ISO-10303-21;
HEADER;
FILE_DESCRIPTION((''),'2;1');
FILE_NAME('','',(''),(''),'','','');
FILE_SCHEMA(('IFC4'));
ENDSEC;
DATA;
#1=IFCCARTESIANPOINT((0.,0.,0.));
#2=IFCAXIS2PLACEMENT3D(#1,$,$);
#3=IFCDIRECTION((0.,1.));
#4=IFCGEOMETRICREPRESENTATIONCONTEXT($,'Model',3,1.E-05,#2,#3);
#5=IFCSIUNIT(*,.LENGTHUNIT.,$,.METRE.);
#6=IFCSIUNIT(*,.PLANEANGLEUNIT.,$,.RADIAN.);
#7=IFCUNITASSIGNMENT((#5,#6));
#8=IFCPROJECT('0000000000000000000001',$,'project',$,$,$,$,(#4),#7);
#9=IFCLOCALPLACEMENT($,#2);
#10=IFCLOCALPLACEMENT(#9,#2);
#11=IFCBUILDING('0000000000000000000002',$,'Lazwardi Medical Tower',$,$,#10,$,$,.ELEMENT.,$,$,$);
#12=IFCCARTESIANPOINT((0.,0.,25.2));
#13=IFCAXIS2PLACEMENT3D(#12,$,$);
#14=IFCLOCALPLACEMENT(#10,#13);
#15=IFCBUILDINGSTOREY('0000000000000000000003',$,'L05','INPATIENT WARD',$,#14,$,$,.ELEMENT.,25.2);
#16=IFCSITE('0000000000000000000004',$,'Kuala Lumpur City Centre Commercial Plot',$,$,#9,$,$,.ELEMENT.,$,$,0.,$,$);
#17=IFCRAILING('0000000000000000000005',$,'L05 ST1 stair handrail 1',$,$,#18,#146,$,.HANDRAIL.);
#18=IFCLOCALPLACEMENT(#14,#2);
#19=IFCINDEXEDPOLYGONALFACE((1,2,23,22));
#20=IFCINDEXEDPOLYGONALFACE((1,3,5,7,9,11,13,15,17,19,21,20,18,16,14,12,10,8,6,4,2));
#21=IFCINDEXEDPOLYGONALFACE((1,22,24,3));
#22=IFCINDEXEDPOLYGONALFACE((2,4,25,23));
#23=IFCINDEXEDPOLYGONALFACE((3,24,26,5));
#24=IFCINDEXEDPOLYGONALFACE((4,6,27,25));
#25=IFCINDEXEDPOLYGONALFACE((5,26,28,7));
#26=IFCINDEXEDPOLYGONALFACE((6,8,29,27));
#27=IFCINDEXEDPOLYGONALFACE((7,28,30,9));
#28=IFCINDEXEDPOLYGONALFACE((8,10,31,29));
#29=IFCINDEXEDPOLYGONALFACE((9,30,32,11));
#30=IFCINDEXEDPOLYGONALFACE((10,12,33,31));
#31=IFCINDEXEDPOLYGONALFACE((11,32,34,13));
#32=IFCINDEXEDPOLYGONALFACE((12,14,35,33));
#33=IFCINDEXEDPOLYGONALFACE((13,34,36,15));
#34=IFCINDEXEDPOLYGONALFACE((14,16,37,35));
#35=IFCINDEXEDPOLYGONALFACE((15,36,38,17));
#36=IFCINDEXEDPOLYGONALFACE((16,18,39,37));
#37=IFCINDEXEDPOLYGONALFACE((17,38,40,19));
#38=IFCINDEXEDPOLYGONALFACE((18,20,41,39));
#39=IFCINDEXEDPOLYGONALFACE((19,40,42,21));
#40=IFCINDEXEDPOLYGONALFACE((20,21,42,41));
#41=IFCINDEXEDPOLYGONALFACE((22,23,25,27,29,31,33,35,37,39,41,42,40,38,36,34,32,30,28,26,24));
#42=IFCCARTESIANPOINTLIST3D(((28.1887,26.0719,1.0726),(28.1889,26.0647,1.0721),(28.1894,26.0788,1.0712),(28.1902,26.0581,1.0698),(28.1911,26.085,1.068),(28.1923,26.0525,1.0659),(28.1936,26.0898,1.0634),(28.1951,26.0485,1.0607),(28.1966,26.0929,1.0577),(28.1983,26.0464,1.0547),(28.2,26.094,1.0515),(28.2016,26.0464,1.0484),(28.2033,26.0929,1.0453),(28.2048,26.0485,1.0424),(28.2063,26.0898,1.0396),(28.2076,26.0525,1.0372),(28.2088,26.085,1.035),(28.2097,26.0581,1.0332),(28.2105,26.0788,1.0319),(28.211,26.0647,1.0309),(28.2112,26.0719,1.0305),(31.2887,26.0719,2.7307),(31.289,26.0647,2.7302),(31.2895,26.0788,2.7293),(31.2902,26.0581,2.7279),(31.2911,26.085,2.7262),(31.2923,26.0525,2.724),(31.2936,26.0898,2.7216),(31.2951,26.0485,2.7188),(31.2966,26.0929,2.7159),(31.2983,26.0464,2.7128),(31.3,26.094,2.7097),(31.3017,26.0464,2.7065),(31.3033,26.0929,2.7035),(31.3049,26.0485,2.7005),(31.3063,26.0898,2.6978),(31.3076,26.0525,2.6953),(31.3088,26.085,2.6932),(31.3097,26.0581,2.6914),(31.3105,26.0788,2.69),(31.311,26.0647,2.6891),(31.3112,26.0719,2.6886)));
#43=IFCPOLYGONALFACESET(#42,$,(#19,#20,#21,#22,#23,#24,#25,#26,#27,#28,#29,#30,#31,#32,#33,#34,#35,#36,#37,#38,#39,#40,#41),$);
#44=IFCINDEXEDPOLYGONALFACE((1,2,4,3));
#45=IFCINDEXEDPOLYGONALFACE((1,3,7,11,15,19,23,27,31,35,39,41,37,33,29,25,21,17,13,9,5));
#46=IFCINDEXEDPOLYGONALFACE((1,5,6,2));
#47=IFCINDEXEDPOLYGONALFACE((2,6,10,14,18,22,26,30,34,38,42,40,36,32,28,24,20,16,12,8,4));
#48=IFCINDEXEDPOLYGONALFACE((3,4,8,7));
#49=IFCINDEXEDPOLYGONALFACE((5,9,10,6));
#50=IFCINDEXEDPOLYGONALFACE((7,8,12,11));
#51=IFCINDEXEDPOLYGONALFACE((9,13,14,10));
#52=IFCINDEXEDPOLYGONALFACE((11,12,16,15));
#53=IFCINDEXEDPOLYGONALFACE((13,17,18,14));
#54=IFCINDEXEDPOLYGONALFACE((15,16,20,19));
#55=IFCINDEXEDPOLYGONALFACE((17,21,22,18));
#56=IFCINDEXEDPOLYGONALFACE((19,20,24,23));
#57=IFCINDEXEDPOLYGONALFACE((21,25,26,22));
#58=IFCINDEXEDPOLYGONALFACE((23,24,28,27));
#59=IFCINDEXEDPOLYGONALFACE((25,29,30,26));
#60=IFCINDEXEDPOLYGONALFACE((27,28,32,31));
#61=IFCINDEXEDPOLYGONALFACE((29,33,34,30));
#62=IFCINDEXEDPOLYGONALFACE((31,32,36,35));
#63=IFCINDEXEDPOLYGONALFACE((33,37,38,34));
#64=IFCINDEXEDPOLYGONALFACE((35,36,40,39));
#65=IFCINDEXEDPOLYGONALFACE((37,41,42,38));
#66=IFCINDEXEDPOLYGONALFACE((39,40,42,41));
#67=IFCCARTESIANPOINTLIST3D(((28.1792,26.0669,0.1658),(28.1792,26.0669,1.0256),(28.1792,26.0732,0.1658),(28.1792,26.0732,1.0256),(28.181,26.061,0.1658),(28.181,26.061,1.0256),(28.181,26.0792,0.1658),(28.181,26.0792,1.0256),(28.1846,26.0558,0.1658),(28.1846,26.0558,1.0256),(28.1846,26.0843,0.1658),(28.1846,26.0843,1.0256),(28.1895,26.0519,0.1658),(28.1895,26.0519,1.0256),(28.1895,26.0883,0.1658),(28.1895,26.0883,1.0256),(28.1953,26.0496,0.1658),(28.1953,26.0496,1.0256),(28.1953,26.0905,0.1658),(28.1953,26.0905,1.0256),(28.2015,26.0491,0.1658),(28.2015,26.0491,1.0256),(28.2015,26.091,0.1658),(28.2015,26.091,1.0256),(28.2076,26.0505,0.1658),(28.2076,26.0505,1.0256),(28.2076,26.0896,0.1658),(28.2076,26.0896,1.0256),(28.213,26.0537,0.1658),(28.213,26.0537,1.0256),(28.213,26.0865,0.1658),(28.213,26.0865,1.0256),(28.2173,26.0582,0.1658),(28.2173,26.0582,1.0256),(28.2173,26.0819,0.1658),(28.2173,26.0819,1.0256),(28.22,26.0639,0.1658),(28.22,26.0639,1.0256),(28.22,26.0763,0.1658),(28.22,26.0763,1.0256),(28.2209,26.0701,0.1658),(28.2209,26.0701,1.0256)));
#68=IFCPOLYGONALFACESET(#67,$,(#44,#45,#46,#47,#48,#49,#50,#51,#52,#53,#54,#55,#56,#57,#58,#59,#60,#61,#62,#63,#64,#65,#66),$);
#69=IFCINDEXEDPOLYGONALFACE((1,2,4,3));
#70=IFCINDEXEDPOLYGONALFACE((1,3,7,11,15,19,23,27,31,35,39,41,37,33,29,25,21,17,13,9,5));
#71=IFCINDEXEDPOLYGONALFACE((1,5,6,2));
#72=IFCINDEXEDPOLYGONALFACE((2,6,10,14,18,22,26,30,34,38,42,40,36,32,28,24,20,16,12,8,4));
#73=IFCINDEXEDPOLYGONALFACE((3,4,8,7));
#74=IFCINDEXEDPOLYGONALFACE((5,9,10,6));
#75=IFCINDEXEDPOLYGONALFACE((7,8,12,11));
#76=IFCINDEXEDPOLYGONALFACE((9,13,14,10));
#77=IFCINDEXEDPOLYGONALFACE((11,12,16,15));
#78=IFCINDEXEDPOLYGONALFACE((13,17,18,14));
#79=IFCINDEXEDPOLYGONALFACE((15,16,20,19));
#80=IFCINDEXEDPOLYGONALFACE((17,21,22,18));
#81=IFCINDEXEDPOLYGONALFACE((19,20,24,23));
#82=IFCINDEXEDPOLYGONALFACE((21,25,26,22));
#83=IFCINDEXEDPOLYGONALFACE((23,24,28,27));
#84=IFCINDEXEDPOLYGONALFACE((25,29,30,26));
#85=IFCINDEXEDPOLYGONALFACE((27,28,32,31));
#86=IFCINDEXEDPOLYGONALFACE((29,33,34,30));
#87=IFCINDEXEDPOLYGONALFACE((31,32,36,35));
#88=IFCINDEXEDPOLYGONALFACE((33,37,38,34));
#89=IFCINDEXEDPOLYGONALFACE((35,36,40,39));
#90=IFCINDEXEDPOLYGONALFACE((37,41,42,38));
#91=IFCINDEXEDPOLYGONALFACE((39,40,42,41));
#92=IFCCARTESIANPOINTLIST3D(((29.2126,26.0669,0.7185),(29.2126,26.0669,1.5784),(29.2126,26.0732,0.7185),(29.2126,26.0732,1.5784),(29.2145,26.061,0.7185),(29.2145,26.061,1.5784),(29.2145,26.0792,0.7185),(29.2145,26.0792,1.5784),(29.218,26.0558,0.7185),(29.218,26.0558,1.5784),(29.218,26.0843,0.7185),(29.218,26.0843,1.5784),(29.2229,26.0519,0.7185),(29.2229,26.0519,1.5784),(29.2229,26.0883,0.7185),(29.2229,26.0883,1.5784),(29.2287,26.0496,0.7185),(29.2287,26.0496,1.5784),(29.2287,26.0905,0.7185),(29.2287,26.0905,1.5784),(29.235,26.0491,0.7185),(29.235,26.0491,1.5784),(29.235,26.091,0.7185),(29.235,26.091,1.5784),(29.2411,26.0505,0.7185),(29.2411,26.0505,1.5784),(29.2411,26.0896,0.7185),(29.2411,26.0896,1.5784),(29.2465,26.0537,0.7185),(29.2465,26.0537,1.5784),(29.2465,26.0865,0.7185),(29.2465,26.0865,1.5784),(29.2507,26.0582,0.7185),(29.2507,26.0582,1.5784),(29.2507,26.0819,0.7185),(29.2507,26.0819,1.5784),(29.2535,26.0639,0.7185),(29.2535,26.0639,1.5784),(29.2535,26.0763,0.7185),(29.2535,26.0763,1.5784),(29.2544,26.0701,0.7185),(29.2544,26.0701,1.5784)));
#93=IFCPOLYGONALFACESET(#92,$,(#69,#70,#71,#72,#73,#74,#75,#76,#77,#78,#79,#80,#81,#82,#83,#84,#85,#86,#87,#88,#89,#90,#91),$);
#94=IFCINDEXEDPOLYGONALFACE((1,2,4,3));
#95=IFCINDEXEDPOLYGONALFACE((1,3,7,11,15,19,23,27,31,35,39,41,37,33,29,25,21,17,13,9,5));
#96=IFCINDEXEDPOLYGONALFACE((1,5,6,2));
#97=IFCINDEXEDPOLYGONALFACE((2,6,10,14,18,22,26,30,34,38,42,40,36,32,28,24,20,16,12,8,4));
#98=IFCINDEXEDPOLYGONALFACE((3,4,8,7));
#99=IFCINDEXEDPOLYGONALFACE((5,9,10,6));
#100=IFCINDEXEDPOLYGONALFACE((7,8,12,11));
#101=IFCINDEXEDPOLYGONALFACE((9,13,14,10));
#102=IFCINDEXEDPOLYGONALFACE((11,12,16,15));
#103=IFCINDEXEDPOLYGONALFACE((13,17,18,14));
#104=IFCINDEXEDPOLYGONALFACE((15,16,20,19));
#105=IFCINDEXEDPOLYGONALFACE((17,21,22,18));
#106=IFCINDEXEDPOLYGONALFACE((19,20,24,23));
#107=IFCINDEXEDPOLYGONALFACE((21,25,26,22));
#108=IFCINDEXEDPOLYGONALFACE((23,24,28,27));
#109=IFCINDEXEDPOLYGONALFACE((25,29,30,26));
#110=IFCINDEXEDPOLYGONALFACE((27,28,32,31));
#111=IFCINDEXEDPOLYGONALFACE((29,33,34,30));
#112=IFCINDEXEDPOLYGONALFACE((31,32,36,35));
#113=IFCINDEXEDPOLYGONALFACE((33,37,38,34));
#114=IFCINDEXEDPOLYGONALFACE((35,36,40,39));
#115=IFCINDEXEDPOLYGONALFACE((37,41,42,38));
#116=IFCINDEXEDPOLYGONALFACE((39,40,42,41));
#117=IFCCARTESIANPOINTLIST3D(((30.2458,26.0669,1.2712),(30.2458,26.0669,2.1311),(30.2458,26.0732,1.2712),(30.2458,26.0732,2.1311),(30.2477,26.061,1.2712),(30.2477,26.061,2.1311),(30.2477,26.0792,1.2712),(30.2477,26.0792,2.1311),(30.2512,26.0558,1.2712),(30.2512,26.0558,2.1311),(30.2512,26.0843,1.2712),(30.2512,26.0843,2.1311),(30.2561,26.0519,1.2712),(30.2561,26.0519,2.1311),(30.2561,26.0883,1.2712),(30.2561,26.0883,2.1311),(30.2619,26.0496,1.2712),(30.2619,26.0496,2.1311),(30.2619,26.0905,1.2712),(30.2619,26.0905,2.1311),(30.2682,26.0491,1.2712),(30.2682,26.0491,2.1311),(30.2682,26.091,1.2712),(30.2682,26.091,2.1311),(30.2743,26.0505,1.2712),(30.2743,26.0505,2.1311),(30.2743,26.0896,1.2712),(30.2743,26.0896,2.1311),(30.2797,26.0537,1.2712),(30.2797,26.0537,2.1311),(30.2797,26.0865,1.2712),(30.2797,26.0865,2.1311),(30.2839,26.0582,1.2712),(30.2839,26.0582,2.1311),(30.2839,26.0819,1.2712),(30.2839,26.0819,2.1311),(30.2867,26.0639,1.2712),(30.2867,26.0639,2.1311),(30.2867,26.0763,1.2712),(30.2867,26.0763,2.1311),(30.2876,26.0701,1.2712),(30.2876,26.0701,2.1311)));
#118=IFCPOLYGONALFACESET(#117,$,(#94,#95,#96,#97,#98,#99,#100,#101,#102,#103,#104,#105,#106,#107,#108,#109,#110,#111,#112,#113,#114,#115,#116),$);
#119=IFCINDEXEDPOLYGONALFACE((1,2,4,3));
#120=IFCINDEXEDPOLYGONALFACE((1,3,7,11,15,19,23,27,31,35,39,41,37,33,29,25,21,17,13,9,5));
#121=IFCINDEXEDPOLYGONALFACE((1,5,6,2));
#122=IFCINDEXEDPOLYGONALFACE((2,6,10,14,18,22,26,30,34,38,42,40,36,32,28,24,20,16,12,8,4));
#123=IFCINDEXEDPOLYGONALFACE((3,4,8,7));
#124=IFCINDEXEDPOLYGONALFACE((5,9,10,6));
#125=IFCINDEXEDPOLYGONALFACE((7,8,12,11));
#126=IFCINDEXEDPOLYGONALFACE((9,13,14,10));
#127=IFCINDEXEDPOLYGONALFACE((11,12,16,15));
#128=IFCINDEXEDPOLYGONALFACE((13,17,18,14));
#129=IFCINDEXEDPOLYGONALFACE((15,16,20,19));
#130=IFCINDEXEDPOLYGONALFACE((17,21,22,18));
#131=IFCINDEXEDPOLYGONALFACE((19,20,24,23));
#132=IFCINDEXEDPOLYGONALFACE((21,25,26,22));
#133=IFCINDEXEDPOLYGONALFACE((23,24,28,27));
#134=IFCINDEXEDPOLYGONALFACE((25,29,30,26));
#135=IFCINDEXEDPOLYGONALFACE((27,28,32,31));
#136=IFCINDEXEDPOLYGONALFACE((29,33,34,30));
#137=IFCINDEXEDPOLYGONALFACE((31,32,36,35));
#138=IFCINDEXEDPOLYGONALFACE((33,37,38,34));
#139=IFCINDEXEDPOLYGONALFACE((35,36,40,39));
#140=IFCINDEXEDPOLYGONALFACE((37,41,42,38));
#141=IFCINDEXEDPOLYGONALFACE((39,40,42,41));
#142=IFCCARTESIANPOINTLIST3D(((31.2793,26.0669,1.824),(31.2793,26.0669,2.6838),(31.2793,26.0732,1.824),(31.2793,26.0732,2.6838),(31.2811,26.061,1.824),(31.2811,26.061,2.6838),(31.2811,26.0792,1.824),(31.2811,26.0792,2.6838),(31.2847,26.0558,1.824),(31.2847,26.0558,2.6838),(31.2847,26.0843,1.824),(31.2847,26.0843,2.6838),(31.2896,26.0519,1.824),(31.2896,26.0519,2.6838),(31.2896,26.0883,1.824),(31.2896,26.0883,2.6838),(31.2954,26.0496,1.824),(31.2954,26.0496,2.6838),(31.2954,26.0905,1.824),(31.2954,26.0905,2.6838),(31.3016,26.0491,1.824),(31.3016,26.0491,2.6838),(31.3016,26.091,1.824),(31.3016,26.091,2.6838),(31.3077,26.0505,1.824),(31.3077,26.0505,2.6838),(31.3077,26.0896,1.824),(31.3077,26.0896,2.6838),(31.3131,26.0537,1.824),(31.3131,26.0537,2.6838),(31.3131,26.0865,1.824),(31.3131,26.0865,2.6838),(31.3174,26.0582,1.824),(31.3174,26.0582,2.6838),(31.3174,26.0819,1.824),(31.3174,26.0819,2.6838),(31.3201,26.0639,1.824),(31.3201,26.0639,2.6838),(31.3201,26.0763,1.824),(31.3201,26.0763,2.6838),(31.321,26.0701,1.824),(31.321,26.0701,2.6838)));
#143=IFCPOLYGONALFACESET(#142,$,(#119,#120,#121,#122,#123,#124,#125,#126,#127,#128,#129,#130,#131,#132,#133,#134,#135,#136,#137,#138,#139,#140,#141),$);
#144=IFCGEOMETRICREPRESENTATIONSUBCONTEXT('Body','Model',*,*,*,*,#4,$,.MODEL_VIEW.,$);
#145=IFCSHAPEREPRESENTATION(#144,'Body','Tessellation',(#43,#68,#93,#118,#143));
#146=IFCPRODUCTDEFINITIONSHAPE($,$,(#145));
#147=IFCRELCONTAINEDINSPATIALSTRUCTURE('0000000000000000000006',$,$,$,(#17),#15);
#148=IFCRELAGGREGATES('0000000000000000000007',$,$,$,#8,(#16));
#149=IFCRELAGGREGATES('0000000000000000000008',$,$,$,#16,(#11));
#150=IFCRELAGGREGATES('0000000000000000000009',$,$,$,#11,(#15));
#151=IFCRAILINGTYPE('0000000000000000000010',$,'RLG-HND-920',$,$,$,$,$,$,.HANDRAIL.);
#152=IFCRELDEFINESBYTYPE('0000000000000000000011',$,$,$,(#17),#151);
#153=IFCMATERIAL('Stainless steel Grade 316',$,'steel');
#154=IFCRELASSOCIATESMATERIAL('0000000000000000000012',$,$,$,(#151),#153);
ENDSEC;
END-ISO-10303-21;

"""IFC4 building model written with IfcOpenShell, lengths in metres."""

from ifc_helpers import new_model, si_unit, direction, frame, origin, origin_2d, place, context, subcontext, project, spatial, circle, extrude, material, type_object, element, save


model = new_model("IFC4")

# Units and contexts
model_context = context("Model", 3, precision=1e-05, world=origin(), true_north=direction((0.0, 1.0)))
body_context = subcontext(model_context, "Body", "Model", "MODEL_VIEW")
ifc_project = project(units=[si_unit("LENGTHUNIT", "METRE"), si_unit("PLANEANGLEUNIT", "RADIAN")], contexts=[model_context])

# Site, building, storey
site_placement = place(None, origin())
site = spatial("IfcSite", under=ifc_project, at=site_placement, Name="Kuala Lumpur City Centre Commercial Plot", CompositionType="ELEMENT", RefElevation=0.0)
building_placement = place(site_placement, origin())
building = spatial("IfcBuilding", under=site, at=building_placement, Name="Lazwardi Medical Tower", CompositionType="ELEMENT")
storey_placement = place(building_placement, frame((0.0, 0.0, 25.2)))
storey = spatial("IfcBuildingStorey", under=building, at=storey_placement, Name="L05", Description="INPATIENT WARD", CompositionType="ELEMENT", Elevation=25.2)

# Railing
ifc_material_1 = material(Name="Stainless steel Grade 316", Category="steel")
railing_type_1 = type_object("IfcRailingType", Name="RLG-HND-920", PredefinedType="HANDRAIL", material=ifc_material_1)
railing_1_placement = place(storey_placement, frame((28.2, 26.0701, 0.1658)))
element("IfcRailing", 1, at=railing_1_placement, inside=storey, type_object=railing_type_1, Name="L05 ST1 stair handrail 1", PredefinedType="HANDRAIL", context=body_context, shape_type="SweptSolid", body=[
    extrude(circle(Radius=0.0239, at=origin_2d()), frame((0.0, 0.0, 0.8857), z_axis=(0.881783, 0.0, 0.471655), x_axis=(0.0, 1.0, 0.0)), (0.0, 0.0, 1.0), 3.5156),
    extrude(circle(Radius=0.021, at=origin_2d()), origin(), (0.0, 0.0, 1.0), 0.8599),
    extrude(circle(Radius=0.021, at=origin_2d()), frame((1.0334, 0.0, 0.5527)), (0.0, 0.0, 1.0), 0.8599),
    extrude(circle(Radius=0.021, at=origin_2d()), frame((2.0667, 0.0, 1.1055)), (0.0, 0.0, 1.0), 0.8599),
    extrude(circle(Radius=0.021, at=origin_2d()), frame((3.1001, 0.0, 1.6582)), (0.0, 0.0, 1.0), 0.8599),
])

save(model, "model.ifc")
